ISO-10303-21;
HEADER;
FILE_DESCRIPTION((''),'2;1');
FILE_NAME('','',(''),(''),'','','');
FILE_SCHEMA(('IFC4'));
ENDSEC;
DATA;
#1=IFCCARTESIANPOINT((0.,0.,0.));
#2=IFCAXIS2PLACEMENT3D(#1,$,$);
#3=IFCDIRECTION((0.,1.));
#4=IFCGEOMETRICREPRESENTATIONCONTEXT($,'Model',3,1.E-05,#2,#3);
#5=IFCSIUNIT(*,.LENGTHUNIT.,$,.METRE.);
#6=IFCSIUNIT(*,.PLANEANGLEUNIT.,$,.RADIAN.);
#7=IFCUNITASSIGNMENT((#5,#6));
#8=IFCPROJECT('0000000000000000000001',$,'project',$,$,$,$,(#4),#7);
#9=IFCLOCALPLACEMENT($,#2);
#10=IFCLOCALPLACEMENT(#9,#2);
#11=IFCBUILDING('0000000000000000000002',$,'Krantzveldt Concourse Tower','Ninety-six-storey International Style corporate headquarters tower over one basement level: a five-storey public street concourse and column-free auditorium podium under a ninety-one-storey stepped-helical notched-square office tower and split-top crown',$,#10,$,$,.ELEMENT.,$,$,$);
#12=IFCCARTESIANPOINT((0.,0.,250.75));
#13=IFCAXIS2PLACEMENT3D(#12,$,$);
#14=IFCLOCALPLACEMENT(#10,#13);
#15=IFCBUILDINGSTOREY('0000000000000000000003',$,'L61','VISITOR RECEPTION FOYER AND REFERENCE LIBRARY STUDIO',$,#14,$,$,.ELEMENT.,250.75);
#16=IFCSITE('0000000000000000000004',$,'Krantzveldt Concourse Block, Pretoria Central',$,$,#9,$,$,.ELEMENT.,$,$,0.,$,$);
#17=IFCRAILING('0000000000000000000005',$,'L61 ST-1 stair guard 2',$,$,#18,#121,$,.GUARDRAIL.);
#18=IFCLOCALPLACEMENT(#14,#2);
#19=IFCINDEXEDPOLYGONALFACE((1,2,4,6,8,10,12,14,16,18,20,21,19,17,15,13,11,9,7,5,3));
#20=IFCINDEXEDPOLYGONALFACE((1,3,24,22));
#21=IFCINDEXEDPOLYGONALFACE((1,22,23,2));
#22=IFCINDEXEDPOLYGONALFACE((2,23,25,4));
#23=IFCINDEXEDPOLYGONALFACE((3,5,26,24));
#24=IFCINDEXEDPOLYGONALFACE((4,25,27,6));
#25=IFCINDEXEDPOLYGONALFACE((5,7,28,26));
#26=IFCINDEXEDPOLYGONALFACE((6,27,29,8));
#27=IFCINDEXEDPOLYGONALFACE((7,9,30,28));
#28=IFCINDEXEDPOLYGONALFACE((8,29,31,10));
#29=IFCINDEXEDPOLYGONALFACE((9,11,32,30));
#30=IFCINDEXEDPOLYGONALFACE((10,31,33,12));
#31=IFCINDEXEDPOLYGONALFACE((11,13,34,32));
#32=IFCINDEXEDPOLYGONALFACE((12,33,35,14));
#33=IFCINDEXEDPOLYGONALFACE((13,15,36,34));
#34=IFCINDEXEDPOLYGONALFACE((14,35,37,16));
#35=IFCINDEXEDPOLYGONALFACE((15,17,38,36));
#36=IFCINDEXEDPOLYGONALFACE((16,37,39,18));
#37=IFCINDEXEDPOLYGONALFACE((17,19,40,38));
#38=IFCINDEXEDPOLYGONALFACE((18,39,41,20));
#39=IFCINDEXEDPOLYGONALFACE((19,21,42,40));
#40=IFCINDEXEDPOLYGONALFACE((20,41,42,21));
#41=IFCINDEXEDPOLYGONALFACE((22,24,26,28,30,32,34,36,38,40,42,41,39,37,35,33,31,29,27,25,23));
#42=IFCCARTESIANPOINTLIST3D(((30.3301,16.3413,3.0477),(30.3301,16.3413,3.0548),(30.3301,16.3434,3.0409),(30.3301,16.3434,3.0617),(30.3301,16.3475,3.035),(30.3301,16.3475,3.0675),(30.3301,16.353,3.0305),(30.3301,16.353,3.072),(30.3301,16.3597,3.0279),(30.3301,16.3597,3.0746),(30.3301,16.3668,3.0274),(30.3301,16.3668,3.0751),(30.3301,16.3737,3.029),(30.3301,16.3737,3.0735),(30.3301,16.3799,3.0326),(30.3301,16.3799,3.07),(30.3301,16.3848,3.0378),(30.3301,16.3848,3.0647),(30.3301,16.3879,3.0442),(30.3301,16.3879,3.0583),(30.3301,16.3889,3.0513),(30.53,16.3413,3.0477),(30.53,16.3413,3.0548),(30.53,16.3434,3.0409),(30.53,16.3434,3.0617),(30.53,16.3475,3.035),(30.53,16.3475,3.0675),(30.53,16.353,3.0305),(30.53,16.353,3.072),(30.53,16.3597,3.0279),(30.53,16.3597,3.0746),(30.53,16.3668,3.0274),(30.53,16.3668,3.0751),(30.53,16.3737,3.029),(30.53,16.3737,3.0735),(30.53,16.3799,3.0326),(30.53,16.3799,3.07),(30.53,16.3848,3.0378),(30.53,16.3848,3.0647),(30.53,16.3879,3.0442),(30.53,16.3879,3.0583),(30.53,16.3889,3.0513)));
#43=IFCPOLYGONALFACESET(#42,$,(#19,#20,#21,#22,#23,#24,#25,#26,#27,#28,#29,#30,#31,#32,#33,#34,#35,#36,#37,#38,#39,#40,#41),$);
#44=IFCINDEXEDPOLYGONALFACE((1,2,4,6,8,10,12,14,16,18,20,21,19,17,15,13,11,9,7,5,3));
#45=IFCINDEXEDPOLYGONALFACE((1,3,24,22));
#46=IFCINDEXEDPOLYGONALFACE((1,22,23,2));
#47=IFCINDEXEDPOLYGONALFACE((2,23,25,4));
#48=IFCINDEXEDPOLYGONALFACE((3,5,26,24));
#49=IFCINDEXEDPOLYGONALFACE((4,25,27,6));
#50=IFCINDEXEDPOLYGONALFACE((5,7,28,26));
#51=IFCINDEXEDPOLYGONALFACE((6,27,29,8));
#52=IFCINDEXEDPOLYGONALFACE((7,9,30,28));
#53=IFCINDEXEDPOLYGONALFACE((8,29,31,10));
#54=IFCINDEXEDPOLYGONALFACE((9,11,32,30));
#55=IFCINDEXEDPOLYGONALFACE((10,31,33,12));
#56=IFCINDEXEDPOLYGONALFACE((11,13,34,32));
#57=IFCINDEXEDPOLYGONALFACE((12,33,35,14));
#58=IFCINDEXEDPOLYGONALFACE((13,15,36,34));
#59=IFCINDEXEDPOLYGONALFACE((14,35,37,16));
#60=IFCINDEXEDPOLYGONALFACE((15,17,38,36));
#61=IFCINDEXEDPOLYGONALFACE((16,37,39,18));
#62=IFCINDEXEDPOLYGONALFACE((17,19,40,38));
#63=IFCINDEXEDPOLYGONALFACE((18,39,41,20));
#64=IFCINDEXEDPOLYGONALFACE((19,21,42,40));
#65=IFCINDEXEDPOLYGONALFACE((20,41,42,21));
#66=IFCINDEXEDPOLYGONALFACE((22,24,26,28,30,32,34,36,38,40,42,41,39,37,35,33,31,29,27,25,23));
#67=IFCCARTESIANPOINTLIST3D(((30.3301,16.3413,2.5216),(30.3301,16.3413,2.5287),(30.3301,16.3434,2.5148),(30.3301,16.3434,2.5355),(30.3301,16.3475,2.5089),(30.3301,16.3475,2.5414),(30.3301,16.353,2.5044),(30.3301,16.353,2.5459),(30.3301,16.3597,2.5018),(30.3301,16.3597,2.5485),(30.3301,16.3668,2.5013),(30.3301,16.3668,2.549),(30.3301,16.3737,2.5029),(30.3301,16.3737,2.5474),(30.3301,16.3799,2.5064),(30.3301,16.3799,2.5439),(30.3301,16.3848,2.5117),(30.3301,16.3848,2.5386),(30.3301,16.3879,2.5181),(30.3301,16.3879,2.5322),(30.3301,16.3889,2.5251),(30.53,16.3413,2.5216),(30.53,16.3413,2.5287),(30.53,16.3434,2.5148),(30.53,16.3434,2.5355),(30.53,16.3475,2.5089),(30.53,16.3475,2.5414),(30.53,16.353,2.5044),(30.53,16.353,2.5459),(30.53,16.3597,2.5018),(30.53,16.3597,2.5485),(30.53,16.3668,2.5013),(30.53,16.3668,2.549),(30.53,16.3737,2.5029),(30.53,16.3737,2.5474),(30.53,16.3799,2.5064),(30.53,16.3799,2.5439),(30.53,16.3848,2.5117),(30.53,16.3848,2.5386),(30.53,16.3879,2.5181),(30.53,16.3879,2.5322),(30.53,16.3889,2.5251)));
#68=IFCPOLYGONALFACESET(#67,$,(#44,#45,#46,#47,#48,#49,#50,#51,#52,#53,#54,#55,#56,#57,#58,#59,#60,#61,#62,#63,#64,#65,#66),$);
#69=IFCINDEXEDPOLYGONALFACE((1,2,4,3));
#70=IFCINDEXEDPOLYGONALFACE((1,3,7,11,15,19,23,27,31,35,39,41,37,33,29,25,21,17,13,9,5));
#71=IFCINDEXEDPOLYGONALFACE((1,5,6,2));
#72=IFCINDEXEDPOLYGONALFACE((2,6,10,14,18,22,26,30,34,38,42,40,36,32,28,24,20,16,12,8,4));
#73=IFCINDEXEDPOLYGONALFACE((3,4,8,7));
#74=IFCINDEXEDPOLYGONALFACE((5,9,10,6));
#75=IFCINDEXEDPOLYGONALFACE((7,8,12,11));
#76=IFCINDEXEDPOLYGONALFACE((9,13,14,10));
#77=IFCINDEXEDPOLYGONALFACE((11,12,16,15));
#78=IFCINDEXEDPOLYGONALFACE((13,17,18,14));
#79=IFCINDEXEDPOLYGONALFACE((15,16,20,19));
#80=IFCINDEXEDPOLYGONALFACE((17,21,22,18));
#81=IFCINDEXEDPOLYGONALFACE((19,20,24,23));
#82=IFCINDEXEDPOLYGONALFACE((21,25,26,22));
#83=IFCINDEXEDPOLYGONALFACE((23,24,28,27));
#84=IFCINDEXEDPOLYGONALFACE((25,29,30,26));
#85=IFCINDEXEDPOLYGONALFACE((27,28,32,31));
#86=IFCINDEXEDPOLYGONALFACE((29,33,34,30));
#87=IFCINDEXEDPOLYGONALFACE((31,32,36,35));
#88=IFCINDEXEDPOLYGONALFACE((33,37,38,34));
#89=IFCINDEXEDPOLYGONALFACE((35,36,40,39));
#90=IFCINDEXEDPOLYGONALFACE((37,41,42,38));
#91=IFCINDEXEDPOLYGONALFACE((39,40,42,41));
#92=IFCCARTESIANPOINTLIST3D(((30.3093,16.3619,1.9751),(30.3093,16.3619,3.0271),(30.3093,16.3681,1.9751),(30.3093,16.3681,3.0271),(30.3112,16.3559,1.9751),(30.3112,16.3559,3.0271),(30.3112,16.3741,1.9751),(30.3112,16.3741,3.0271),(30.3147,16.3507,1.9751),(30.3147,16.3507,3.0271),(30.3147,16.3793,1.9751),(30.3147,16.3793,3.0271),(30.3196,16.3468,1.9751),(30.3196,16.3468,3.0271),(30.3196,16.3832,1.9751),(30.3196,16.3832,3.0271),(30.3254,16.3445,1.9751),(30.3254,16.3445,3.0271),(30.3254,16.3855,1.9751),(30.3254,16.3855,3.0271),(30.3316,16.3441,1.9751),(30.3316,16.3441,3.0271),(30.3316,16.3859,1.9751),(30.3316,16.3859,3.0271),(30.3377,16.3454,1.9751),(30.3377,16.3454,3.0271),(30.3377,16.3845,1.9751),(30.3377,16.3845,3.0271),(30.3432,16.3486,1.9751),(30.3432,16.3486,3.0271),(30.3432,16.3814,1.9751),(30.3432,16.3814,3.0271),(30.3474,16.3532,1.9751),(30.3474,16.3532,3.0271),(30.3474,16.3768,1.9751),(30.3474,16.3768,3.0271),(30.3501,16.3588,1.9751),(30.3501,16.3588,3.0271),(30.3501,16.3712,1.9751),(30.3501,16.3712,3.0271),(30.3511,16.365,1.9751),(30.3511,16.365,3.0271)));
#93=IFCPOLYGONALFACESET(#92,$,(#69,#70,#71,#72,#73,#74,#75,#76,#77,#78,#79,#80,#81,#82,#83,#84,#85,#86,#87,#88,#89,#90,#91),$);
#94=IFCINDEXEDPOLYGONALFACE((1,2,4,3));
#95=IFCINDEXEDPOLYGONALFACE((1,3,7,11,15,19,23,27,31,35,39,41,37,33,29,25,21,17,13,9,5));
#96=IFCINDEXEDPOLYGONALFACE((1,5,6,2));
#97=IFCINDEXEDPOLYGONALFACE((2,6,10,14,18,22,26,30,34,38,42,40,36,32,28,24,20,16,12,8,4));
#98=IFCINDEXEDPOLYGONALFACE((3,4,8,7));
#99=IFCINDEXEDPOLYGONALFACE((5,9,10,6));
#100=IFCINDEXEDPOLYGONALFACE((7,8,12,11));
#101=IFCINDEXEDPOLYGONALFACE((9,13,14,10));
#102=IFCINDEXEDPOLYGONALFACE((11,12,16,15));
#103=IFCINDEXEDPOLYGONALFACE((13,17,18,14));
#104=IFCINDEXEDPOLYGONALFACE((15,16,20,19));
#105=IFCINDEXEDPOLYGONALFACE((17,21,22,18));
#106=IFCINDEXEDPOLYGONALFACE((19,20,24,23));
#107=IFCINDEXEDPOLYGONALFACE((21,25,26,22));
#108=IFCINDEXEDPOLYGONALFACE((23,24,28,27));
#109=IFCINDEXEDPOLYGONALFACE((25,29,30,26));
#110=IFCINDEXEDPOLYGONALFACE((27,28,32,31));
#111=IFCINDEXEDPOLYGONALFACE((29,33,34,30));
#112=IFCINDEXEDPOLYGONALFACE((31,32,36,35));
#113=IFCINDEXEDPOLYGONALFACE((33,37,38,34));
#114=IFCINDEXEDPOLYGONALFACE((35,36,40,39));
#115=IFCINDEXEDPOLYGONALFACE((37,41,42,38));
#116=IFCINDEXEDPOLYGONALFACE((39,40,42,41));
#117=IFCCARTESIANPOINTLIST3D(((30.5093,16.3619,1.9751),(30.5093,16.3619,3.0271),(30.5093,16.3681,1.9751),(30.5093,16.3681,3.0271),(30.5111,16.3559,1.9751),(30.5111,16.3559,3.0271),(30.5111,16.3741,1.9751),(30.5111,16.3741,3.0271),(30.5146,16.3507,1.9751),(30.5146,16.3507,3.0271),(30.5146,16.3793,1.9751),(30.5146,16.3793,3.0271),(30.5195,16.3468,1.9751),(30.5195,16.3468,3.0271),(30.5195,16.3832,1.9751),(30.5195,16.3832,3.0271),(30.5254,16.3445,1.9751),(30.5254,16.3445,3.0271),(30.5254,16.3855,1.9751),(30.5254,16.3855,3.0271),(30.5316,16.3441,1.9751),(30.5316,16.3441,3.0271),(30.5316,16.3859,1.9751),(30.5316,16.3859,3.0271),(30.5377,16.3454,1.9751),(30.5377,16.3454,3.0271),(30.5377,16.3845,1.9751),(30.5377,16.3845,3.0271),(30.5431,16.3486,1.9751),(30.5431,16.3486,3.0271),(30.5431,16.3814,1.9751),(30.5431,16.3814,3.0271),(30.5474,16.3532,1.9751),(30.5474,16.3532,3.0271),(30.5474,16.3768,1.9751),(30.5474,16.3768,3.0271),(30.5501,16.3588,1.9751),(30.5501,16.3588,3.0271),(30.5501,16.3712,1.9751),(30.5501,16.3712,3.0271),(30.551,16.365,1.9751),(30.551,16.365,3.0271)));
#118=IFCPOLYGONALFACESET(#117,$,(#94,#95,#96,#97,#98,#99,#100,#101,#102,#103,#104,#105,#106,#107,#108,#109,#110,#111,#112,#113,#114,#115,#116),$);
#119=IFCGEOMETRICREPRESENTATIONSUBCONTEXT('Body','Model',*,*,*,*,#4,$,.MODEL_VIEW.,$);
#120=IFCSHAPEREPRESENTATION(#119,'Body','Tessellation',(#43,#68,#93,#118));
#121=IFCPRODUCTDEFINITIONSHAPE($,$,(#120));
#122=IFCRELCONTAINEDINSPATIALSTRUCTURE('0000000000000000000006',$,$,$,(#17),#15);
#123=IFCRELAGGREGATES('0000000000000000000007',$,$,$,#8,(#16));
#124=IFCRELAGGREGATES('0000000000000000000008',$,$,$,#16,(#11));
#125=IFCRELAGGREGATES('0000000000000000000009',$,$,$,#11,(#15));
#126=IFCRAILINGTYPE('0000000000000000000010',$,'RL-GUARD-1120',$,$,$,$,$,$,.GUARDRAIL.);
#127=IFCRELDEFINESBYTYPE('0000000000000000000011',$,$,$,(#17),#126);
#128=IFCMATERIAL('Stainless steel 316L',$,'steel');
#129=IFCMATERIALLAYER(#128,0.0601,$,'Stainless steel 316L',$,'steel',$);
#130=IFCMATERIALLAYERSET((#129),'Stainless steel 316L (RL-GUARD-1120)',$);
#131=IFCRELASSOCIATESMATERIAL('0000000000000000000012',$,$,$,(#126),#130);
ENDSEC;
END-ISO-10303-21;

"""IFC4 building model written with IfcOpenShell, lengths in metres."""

from ifc_helpers import new_model, si_unit, direction, frame, origin, origin_2d, place, context, subcontext, project, spatial, circle, extrude, material, layer, layer_set, type_object, element, save


model = new_model("IFC4")

# Units and contexts
model_context = context("Model", 3, precision=1e-05, world=origin(), true_north=direction((0.0, 1.0)))
body_context = subcontext(model_context, "Body", "Model", "MODEL_VIEW")
ifc_project = project(units=[si_unit("LENGTHUNIT", "METRE"), si_unit("PLANEANGLEUNIT", "RADIAN")], contexts=[model_context])

# Site, building, storey
site_placement = place(None, origin())
site = spatial("IfcSite", under=ifc_project, at=site_placement, Name="Krantzveldt Concourse Block, Pretoria Central", CompositionType="ELEMENT", RefElevation=0.0)
building_placement = place(site_placement, origin())
building = spatial("IfcBuilding", under=site, at=building_placement, Name="Krantzveldt Concourse Tower", Description="Ninety-six-storey International Style corporate headquarters tower over one basement level: a five-storey public street concourse and column-free auditorium podium under a ninety-one-storey stepped-helical notched-square office tower and split-top crown", CompositionType="ELEMENT")
storey_placement = place(building_placement, frame((0.0, 0.0, 250.75)))
storey = spatial("IfcBuildingStorey", under=building, at=storey_placement, Name="L61", Description="VISITOR RECEPTION FOYER AND REFERENCE LIBRARY STUDIO", CompositionType="ELEMENT", Elevation=250.75)

# Railing
ifc_material_1 = material(Name="Stainless steel 316L", Category="steel")
ifc_layer_1 = layer(ifc_material_1, 0.0601, Name="Stainless steel 316L", Category="steel")
ifc_layer_set_1 = layer_set([ifc_layer_1], Name="Stainless steel 316L (RL-GUARD-1120)")
railing_type_1 = type_object("IfcRailingType", Name="RL-GUARD-1120", PredefinedType="GUARDRAIL", material=ifc_layer_set_1)
railing_1_placement = place(storey_placement, frame((30.3301, 16.365, 1.9751)))
element("IfcRailing", 1, at=railing_1_placement, inside=storey, type_object=railing_type_1, Name="L61 ST-1 stair guard 2", PredefinedType="GUARDRAIL", context=body_context, shape_type="SweptSolid", body=[
    extrude(circle(Radius=0.0239, at=origin_2d()), frame((0.0, 0.0, 1.0762), z_axis=(1.0, 0.0, 0.0), x_axis=(0.0, 1.0, 0.0)), (0.0, 0.0, 1.0), 0.2),
    extrude(circle(Radius=0.0239, at=origin_2d()), frame((0.0, 0.0, 0.55), z_axis=(1.0, 0.0, 0.0), x_axis=(0.0, 1.0, 0.0)), (0.0, 0.0, 1.0), 0.2),
    extrude(circle(Radius=0.021, at=origin_2d()), origin(), (0.0, 0.0, 1.0), 1.052),
    extrude(circle(Radius=0.021, at=origin_2d()), frame((0.2, 0.0, 0.0)), (0.0, 0.0, 1.0), 1.052),
])

save(model, "model.ifc")
